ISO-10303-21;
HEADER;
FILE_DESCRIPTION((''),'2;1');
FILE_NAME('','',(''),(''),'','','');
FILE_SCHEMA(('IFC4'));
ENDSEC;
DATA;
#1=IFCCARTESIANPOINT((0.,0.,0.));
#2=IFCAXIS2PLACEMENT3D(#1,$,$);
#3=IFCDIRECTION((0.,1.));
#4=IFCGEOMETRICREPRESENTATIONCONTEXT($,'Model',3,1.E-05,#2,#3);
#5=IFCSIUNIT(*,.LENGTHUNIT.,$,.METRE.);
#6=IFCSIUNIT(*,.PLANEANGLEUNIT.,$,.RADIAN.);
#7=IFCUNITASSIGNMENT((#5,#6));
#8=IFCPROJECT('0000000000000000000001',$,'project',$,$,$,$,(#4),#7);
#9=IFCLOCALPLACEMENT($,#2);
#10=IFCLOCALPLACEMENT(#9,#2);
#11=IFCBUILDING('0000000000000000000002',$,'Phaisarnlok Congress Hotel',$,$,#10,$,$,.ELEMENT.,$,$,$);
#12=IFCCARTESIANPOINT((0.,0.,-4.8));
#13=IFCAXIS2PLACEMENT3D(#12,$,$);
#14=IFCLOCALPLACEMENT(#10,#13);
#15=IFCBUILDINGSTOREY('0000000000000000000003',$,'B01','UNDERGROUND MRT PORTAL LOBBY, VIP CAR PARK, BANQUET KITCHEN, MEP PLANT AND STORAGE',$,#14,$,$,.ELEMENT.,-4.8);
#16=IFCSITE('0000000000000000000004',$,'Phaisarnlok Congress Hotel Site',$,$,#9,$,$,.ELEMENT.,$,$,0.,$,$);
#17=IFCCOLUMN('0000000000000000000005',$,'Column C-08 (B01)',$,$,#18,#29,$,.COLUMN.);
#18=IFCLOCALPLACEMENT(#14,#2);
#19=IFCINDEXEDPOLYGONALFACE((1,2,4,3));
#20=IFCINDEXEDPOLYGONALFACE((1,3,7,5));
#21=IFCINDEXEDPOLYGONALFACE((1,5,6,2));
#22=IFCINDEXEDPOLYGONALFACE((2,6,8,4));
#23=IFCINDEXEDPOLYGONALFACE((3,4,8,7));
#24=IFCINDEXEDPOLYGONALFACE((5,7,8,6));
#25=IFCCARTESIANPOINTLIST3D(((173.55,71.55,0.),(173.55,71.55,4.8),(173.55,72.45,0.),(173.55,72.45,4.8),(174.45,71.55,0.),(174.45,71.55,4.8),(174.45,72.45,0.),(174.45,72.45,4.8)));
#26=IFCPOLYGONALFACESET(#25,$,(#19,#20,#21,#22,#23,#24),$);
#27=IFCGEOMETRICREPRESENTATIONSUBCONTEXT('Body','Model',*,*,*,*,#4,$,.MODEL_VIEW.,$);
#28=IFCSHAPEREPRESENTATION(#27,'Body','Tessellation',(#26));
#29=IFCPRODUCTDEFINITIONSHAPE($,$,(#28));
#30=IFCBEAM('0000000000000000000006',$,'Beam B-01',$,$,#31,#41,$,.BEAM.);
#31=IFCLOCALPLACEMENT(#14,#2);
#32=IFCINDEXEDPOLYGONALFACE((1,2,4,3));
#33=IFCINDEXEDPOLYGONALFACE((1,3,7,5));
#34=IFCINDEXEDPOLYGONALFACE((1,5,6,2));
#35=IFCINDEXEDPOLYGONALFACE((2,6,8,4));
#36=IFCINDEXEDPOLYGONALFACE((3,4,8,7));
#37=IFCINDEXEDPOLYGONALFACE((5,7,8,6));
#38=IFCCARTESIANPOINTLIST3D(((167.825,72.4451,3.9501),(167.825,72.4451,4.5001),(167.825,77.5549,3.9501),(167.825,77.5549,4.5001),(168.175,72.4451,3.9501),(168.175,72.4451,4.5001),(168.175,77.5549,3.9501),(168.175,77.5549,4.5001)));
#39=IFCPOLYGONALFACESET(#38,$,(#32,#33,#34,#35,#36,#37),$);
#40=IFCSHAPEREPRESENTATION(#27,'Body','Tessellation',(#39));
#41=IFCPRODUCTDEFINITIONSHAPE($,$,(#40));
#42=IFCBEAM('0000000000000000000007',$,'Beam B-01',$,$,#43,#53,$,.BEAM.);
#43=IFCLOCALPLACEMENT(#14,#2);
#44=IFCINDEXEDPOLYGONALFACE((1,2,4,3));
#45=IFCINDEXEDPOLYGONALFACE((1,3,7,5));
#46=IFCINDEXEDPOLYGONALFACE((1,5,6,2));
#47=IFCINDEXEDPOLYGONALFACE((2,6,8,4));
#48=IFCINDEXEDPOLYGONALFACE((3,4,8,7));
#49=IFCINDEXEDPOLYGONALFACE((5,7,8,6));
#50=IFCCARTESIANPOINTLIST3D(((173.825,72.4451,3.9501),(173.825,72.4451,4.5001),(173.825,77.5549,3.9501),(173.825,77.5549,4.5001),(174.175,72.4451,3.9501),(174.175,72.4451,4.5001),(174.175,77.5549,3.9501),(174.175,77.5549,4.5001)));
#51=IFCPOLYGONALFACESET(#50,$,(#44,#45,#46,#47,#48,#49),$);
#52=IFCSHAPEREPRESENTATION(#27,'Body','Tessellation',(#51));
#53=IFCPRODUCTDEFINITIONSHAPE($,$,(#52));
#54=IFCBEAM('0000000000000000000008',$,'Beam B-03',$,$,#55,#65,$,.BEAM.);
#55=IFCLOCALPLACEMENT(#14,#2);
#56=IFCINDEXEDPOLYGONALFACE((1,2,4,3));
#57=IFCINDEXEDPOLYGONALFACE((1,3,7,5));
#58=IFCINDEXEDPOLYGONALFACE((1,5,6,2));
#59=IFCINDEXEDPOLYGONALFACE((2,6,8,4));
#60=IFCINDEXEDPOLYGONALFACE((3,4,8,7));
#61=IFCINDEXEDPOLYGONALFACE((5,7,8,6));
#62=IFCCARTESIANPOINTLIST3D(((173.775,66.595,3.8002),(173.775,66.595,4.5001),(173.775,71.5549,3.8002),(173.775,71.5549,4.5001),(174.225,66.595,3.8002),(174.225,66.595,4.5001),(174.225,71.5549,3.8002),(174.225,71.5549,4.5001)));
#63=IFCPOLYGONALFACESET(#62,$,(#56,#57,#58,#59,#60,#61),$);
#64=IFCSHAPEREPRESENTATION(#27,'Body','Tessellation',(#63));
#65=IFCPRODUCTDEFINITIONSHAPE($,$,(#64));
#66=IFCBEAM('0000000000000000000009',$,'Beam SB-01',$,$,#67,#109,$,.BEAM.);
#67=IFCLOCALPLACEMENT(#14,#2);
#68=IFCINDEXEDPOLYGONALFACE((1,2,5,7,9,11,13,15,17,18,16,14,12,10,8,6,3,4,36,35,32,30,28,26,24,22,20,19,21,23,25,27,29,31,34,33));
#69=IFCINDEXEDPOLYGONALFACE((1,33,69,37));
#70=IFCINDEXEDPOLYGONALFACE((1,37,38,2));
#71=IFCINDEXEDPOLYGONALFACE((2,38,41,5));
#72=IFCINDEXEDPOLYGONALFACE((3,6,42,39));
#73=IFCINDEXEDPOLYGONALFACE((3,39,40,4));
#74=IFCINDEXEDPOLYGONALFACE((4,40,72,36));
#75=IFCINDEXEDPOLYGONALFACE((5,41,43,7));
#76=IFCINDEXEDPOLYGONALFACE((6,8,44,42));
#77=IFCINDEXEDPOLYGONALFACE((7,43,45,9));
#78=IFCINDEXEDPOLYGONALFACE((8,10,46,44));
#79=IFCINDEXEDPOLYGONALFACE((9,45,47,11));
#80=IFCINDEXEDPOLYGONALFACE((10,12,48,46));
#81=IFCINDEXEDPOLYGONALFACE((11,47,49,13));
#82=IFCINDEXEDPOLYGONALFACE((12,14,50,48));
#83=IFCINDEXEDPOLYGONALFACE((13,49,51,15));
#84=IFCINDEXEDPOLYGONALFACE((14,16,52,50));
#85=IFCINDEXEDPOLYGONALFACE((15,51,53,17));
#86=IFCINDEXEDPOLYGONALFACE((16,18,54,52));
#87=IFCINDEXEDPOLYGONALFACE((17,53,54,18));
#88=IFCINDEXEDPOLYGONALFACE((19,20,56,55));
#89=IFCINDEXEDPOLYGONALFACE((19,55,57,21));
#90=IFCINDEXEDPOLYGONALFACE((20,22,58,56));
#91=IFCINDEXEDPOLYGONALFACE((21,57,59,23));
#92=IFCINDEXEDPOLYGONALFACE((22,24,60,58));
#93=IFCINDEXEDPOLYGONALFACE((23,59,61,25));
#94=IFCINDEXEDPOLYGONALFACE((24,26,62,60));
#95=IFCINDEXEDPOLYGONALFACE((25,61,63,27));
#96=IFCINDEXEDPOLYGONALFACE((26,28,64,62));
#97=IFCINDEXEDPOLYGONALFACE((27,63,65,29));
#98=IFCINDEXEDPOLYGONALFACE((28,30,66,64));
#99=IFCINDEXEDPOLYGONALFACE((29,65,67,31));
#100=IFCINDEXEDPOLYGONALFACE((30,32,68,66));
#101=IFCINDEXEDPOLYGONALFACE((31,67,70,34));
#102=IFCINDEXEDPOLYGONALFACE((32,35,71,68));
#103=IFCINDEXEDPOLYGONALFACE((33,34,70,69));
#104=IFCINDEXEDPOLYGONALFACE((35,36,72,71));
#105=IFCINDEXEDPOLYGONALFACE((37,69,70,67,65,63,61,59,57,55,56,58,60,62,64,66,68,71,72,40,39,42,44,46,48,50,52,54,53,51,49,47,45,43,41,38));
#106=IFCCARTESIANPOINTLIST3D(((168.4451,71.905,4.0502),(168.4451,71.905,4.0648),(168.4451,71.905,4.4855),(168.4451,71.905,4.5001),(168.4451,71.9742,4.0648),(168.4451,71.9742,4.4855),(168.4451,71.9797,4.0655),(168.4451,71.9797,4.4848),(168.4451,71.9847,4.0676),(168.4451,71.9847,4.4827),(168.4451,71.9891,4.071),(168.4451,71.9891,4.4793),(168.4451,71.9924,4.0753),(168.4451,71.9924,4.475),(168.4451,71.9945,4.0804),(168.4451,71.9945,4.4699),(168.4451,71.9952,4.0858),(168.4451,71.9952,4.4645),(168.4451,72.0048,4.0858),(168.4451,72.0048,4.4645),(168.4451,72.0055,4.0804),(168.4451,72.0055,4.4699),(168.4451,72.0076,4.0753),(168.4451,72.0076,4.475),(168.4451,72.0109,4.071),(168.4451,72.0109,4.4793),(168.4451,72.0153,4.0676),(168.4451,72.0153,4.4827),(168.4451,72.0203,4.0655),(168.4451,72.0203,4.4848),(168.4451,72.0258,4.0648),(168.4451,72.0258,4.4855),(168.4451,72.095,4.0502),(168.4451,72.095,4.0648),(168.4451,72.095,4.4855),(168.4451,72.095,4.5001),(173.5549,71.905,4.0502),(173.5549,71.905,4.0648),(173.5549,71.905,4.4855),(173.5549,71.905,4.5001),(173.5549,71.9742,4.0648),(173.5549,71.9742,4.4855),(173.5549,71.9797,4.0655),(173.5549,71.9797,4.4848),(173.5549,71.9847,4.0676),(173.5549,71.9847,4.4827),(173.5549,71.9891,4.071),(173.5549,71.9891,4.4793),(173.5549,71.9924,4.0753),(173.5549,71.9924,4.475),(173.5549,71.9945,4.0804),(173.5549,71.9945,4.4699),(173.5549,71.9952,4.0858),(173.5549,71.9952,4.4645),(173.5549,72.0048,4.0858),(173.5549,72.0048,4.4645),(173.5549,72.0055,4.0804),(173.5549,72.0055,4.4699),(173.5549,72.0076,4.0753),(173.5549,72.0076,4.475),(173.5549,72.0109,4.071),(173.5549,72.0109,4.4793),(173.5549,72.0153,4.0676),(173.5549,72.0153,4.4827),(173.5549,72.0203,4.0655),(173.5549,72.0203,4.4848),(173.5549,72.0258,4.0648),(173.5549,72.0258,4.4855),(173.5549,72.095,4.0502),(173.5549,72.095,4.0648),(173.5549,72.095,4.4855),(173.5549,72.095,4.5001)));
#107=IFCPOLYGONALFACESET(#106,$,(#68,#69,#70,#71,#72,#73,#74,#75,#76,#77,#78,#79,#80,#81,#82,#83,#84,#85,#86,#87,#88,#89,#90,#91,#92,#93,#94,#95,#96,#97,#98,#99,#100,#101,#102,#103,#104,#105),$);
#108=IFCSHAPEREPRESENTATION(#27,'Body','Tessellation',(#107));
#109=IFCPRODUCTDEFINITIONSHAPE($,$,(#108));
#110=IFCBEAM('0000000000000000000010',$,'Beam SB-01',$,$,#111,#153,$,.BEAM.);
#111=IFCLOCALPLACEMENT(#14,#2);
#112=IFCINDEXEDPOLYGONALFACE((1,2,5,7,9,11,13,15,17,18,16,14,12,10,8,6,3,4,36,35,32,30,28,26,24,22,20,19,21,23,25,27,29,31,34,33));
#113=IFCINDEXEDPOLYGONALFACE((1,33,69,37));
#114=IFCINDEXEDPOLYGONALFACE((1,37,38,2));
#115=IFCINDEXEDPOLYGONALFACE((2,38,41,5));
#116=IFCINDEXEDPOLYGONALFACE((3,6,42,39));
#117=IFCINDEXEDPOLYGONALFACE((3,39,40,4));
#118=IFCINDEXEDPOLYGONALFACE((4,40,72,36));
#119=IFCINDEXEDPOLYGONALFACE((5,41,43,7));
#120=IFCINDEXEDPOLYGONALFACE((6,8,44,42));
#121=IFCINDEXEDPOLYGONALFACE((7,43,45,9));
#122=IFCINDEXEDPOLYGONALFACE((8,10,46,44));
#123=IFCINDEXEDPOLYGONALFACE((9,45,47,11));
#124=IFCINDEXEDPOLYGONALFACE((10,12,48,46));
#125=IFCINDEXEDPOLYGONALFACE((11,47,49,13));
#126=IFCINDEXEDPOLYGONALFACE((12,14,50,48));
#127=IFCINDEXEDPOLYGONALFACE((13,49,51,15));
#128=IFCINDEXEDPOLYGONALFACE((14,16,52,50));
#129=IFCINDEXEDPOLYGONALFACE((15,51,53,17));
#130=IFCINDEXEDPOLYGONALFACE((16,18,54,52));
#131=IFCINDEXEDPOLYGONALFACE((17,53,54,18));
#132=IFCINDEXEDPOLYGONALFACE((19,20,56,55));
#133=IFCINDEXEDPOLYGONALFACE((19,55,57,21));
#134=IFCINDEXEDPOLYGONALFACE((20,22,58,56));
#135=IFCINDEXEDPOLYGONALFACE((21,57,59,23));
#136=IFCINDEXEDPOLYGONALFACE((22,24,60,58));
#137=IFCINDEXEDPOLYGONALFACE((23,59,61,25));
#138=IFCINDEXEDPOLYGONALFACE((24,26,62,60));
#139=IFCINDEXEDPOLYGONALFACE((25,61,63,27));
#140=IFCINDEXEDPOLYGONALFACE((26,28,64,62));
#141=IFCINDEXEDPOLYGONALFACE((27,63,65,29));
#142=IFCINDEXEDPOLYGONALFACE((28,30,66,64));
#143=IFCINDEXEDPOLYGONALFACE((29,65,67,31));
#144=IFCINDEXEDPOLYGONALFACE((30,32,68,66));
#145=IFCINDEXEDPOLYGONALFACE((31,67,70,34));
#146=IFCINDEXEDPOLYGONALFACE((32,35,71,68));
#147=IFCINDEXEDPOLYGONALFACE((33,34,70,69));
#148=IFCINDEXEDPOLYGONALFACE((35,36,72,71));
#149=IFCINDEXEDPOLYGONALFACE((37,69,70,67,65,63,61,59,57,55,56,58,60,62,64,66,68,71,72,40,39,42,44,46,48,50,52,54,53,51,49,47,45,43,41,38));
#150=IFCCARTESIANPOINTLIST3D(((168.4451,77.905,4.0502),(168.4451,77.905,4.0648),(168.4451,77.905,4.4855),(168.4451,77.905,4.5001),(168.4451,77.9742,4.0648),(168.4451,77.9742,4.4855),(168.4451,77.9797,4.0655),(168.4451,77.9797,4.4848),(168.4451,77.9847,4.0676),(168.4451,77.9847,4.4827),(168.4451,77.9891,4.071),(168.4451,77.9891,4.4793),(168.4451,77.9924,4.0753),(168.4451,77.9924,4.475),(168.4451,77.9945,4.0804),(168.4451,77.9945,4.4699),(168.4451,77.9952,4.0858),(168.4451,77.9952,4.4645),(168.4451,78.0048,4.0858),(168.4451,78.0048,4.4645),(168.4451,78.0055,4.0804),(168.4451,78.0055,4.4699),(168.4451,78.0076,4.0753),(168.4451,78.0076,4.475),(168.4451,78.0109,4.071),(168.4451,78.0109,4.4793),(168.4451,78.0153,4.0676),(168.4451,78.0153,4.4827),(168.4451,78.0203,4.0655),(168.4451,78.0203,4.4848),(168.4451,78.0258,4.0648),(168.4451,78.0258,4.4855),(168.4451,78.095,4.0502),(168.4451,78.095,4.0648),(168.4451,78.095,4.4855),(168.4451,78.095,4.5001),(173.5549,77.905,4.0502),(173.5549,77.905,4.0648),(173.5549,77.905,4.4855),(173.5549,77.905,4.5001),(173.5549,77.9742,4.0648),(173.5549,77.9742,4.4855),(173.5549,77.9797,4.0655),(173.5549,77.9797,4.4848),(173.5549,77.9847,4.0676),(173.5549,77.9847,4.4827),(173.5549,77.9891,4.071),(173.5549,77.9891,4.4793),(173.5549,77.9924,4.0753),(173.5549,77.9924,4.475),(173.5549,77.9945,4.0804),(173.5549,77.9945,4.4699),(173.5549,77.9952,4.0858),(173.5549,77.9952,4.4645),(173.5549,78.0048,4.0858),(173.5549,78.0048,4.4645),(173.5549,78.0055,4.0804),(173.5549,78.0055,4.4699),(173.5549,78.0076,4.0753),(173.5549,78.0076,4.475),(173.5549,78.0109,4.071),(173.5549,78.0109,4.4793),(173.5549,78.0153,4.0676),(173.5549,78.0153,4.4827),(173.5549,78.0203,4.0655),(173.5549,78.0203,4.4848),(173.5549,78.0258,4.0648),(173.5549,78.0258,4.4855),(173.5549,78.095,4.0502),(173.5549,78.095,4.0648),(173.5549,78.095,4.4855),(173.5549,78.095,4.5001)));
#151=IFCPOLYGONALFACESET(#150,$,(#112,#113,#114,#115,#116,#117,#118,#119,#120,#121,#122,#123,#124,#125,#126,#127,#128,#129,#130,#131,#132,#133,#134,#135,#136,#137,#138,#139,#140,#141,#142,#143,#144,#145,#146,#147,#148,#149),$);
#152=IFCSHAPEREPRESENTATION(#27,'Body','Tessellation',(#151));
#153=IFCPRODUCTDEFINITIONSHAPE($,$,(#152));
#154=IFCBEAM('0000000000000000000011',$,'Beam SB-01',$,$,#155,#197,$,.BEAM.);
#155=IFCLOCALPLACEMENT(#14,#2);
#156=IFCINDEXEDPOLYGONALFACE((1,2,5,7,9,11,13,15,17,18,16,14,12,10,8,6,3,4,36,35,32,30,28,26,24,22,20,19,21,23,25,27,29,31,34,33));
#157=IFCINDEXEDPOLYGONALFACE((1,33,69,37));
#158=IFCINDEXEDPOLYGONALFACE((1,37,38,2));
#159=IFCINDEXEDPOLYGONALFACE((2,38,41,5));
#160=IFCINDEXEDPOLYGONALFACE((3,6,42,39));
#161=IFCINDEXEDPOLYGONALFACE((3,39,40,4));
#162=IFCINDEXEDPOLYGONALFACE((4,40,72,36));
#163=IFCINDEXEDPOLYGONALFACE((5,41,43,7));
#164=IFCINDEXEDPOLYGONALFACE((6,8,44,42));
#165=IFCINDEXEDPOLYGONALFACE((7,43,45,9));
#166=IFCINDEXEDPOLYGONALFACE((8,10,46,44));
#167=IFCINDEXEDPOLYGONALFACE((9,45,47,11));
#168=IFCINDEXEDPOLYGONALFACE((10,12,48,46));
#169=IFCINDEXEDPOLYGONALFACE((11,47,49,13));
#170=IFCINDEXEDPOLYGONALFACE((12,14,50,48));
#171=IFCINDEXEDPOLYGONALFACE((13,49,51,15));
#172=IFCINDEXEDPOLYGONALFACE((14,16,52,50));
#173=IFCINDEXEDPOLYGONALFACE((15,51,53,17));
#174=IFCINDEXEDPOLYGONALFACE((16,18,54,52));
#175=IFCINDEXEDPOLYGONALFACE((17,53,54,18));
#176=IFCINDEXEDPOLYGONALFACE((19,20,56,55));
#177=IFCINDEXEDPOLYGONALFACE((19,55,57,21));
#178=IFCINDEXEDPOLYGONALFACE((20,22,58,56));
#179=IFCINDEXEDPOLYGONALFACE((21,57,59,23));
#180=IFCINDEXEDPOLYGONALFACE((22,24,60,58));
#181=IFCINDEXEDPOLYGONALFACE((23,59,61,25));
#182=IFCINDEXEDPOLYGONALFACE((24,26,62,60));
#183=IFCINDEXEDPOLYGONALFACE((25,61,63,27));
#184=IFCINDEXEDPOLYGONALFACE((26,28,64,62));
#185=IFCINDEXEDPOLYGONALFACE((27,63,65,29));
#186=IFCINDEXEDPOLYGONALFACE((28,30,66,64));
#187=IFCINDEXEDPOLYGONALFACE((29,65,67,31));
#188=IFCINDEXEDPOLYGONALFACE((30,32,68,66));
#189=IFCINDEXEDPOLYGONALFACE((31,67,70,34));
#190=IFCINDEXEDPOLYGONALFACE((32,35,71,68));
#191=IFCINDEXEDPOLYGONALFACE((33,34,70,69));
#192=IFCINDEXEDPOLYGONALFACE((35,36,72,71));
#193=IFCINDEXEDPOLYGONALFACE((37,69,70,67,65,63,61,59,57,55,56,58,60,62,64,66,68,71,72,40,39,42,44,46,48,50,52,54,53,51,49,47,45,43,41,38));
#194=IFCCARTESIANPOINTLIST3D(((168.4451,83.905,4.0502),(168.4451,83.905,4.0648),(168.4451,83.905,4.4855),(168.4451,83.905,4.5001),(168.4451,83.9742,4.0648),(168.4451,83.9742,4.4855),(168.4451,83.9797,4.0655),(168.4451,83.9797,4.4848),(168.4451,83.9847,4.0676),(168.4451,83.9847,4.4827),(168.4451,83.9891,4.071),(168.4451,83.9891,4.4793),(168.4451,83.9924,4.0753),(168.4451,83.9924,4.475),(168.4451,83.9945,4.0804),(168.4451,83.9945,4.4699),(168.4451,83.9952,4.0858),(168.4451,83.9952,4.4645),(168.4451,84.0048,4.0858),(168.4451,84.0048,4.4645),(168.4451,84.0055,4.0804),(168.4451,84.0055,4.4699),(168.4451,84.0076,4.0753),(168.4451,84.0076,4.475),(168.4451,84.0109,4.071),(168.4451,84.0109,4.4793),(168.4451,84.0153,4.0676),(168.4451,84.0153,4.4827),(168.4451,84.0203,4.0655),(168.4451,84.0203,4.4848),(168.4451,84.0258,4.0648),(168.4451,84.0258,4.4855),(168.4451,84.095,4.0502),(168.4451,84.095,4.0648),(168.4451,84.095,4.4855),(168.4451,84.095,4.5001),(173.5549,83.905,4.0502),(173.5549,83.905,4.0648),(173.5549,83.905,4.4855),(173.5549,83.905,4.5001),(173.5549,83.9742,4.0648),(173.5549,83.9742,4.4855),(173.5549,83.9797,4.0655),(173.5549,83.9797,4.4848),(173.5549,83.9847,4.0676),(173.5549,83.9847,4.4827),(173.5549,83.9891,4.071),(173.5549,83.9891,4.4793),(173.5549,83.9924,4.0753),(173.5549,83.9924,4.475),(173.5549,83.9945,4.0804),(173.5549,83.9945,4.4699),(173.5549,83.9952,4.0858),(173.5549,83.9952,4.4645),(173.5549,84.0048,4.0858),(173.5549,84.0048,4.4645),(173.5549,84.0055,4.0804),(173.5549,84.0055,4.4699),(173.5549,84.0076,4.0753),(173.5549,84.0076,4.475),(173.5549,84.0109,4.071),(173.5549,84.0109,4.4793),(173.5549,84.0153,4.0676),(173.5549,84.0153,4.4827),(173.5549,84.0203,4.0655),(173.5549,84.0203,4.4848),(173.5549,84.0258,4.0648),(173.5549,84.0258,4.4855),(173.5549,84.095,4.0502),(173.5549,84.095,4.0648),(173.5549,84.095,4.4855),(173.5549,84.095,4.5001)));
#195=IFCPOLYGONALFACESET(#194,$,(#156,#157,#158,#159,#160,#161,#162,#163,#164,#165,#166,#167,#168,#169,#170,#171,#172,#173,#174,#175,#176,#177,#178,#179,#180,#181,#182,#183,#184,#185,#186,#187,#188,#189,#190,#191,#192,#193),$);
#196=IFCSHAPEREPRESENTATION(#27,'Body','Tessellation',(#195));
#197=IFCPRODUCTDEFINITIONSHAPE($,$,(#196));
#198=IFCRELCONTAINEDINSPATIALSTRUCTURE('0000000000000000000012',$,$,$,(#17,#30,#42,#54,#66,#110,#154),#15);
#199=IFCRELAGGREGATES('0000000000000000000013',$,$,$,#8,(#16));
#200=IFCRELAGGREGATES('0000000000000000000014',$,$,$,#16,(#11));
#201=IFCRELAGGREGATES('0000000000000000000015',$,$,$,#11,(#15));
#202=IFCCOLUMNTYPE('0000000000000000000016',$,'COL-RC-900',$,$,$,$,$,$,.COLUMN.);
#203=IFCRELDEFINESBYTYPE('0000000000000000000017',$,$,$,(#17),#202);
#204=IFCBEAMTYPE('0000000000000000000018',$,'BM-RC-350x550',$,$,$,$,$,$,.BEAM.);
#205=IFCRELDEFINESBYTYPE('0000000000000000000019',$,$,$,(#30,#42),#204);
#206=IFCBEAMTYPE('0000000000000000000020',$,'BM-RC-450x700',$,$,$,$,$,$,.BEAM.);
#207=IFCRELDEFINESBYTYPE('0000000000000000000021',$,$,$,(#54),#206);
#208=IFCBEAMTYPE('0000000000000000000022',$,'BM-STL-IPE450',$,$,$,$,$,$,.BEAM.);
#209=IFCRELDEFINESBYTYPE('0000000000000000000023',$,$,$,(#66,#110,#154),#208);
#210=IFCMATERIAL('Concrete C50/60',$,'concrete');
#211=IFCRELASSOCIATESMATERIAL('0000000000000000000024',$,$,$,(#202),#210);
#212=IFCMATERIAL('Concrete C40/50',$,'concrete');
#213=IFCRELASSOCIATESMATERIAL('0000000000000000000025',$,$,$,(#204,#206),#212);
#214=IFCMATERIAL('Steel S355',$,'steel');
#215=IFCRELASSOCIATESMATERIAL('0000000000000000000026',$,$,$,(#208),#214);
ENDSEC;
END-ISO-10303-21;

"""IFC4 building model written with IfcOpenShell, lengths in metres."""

from ifc_helpers import new_model, si_unit, direction, frame, origin, origin_2d, place, context, subcontext, project, spatial, rectangle, i_section, extrude, material, material_profile, profile_set, type_object, element, save


model = new_model("IFC4")

# Units and contexts
model_context = context("Model", 3, precision=1e-05, world=origin(), true_north=direction((0.0, 1.0)))
body_context = subcontext(model_context, "Body", "Model", "MODEL_VIEW")
ifc_project = project(units=[si_unit("LENGTHUNIT", "METRE"), si_unit("PLANEANGLEUNIT", "RADIAN")], contexts=[model_context])

# Site, building, storey
site_placement = place(None, origin())
site = spatial("IfcSite", under=ifc_project, at=site_placement, Name="Phaisarnlok Congress Hotel Site", CompositionType="ELEMENT", RefElevation=0.0)
building_placement = place(site_placement, origin())
building = spatial("IfcBuilding", under=site, at=building_placement, Name="Phaisarnlok Congress Hotel", CompositionType="ELEMENT")
storey_placement = place(building_placement, frame((0.0, 0.0, -4.8)))
storey = spatial("IfcBuildingStorey", under=building, at=storey_placement, Name="B01", Description="UNDERGROUND MRT PORTAL LOBBY, VIP CAR PARK, BANQUET KITCHEN, MEP PLANT AND STORAGE", CompositionType="ELEMENT", Elevation=-4.8)

# Shared definitions
ifc_material_1 = material(Name="Concrete C40/50", Category="concrete")

# Column
ifc_material_2 = material(Name="Concrete C50/60", Category="concrete")
ifc_material_profile_1 = material_profile(ifc_material_2, rectangle(XDim=0.8999, YDim=0.8999, at=origin_2d()), Name="RC 900x900")
ifc_profile_set_1 = profile_set([ifc_material_profile_1], Name="Concrete C50/60")
column_type = type_object("IfcColumnType", Name="COL-RC-900", PredefinedType="COLUMN", material=ifc_profile_set_1)
for number, where, z_axis, x_axis, name in (
    (1, (174.0, 72.0, 0.0), (0.0, 0.0, 1.0), (1.0, 0.0, 0.0), "Column C-08 (B01)"),
):
    element("IfcColumn", number, at=place(storey_placement, frame(where, z_axis=z_axis, x_axis=x_axis)), inside=storey, type_object=column_type, Name=name, PredefinedType="COLUMN", context=body_context, shape_type="SweptSolid", body=[
        extrude(rectangle(XDim=0.8999, YDim=0.8999, at=origin_2d()), origin(), (0.0, 0.0, 1.0), 4.8),
    ])

# Beams
ifc_material_profile_2 = material_profile(ifc_material_1, rectangle(XDim=0.3501, YDim=0.55, at=origin_2d()), Name="RC 350x550")
ifc_profile_set_2 = profile_set([ifc_material_profile_2], Name="Concrete C40/50")
beam_type_1 = type_object("IfcBeamType", Name="BM-RC-350x550", PredefinedType="BEAM", material=ifc_profile_set_2)
for number, where, z_axis, x_axis, name in (
    (2, (168.0, 72.4451, 4.2251), (0.0, 1.0, 0.0), (-1.0, 0.0, 0.0), "Beam B-01"),
    (3, (174.0, 72.4451, 4.2251), (0.0, 1.0, 0.0), (-1.0, 0.0, 0.0), "Beam B-01"),
):
    element("IfcBeam", number, at=place(storey_placement, frame(where, z_axis=z_axis, x_axis=x_axis)), inside=storey, type_object=beam_type_1, Name=name, PredefinedType="BEAM", context=body_context, shape_type="SweptSolid", body=[
        extrude(rectangle(XDim=0.3501, YDim=0.55, at=origin_2d()), origin(), (0.0, 0.0, 1.0), 5.1099),
    ])
ifc_material_profile_3 = material_profile(ifc_material_1, rectangle(XDim=0.45, YDim=0.7, at=origin_2d()), Name="RC 450x700")
ifc_profile_set_3 = profile_set([ifc_material_profile_3], Name="Concrete C40/50")
beam_type_2 = type_object("IfcBeamType", Name="BM-RC-450x700", PredefinedType="BEAM", material=ifc_profile_set_3)
beam_1_placement = place(storey_placement, frame((174.0, 66.595, 4.1501), z_axis=(0.0, 1.0, 0.0), x_axis=(-1.0, 0.0, 0.0)))
element("IfcBeam", 4, at=beam_1_placement, inside=storey, type_object=beam_type_2, Name="Beam B-03", PredefinedType="BEAM", context=body_context, shape_type="SweptSolid", body=[
    extrude(rectangle(XDim=0.45, YDim=0.7, at=origin_2d()), origin(), (0.0, 0.0, 1.0), 4.96),
])
ifc_material_3 = material(Name="Steel S355", Category="steel")
ifc_material_profile_4 = material_profile(ifc_material_3, i_section(OverallWidth=0.1899, OverallDepth=0.45, WebThickness=0.0095, FlangeThickness=0.0146, FilletRadius=0.021, at=origin_2d()), Name="IPE 450")
ifc_profile_set_4 = profile_set([ifc_material_profile_4], Name="Steel S355")
beam_type_3 = type_object("IfcBeamType", Name="BM-STL-IPE450", PredefinedType="BEAM", material=ifc_profile_set_4)
for number, where, z_axis, x_axis, name in (
    (5, (168.4451, 72.0, 4.2751), (1.0, 0.0, 0.0), (0.0, 1.0, 0.0), "Beam SB-01"),
    (6, (168.4451, 78.0, 4.2751), (1.0, 0.0, 0.0), (0.0, 1.0, 0.0), "Beam SB-01"),
    (7, (168.4451, 84.0, 4.2751), (1.0, 0.0, 0.0), (0.0, 1.0, 0.0), "Beam SB-01"),
):
    element("IfcBeam", number, at=place(storey_placement, frame(where, z_axis=z_axis, x_axis=x_axis)), inside=storey, type_object=beam_type_3, Name=name, PredefinedType="BEAM", context=body_context, shape_type="SweptSolid", body=[
        extrude(i_section(OverallWidth=0.1899, OverallDepth=0.45, WebThickness=0.0095, FlangeThickness=0.0146, FilletRadius=0.021, at=origin_2d()), origin(), (0.0, 0.0, 1.0), 5.1099),
    ])

save(model, "model.ifc")
